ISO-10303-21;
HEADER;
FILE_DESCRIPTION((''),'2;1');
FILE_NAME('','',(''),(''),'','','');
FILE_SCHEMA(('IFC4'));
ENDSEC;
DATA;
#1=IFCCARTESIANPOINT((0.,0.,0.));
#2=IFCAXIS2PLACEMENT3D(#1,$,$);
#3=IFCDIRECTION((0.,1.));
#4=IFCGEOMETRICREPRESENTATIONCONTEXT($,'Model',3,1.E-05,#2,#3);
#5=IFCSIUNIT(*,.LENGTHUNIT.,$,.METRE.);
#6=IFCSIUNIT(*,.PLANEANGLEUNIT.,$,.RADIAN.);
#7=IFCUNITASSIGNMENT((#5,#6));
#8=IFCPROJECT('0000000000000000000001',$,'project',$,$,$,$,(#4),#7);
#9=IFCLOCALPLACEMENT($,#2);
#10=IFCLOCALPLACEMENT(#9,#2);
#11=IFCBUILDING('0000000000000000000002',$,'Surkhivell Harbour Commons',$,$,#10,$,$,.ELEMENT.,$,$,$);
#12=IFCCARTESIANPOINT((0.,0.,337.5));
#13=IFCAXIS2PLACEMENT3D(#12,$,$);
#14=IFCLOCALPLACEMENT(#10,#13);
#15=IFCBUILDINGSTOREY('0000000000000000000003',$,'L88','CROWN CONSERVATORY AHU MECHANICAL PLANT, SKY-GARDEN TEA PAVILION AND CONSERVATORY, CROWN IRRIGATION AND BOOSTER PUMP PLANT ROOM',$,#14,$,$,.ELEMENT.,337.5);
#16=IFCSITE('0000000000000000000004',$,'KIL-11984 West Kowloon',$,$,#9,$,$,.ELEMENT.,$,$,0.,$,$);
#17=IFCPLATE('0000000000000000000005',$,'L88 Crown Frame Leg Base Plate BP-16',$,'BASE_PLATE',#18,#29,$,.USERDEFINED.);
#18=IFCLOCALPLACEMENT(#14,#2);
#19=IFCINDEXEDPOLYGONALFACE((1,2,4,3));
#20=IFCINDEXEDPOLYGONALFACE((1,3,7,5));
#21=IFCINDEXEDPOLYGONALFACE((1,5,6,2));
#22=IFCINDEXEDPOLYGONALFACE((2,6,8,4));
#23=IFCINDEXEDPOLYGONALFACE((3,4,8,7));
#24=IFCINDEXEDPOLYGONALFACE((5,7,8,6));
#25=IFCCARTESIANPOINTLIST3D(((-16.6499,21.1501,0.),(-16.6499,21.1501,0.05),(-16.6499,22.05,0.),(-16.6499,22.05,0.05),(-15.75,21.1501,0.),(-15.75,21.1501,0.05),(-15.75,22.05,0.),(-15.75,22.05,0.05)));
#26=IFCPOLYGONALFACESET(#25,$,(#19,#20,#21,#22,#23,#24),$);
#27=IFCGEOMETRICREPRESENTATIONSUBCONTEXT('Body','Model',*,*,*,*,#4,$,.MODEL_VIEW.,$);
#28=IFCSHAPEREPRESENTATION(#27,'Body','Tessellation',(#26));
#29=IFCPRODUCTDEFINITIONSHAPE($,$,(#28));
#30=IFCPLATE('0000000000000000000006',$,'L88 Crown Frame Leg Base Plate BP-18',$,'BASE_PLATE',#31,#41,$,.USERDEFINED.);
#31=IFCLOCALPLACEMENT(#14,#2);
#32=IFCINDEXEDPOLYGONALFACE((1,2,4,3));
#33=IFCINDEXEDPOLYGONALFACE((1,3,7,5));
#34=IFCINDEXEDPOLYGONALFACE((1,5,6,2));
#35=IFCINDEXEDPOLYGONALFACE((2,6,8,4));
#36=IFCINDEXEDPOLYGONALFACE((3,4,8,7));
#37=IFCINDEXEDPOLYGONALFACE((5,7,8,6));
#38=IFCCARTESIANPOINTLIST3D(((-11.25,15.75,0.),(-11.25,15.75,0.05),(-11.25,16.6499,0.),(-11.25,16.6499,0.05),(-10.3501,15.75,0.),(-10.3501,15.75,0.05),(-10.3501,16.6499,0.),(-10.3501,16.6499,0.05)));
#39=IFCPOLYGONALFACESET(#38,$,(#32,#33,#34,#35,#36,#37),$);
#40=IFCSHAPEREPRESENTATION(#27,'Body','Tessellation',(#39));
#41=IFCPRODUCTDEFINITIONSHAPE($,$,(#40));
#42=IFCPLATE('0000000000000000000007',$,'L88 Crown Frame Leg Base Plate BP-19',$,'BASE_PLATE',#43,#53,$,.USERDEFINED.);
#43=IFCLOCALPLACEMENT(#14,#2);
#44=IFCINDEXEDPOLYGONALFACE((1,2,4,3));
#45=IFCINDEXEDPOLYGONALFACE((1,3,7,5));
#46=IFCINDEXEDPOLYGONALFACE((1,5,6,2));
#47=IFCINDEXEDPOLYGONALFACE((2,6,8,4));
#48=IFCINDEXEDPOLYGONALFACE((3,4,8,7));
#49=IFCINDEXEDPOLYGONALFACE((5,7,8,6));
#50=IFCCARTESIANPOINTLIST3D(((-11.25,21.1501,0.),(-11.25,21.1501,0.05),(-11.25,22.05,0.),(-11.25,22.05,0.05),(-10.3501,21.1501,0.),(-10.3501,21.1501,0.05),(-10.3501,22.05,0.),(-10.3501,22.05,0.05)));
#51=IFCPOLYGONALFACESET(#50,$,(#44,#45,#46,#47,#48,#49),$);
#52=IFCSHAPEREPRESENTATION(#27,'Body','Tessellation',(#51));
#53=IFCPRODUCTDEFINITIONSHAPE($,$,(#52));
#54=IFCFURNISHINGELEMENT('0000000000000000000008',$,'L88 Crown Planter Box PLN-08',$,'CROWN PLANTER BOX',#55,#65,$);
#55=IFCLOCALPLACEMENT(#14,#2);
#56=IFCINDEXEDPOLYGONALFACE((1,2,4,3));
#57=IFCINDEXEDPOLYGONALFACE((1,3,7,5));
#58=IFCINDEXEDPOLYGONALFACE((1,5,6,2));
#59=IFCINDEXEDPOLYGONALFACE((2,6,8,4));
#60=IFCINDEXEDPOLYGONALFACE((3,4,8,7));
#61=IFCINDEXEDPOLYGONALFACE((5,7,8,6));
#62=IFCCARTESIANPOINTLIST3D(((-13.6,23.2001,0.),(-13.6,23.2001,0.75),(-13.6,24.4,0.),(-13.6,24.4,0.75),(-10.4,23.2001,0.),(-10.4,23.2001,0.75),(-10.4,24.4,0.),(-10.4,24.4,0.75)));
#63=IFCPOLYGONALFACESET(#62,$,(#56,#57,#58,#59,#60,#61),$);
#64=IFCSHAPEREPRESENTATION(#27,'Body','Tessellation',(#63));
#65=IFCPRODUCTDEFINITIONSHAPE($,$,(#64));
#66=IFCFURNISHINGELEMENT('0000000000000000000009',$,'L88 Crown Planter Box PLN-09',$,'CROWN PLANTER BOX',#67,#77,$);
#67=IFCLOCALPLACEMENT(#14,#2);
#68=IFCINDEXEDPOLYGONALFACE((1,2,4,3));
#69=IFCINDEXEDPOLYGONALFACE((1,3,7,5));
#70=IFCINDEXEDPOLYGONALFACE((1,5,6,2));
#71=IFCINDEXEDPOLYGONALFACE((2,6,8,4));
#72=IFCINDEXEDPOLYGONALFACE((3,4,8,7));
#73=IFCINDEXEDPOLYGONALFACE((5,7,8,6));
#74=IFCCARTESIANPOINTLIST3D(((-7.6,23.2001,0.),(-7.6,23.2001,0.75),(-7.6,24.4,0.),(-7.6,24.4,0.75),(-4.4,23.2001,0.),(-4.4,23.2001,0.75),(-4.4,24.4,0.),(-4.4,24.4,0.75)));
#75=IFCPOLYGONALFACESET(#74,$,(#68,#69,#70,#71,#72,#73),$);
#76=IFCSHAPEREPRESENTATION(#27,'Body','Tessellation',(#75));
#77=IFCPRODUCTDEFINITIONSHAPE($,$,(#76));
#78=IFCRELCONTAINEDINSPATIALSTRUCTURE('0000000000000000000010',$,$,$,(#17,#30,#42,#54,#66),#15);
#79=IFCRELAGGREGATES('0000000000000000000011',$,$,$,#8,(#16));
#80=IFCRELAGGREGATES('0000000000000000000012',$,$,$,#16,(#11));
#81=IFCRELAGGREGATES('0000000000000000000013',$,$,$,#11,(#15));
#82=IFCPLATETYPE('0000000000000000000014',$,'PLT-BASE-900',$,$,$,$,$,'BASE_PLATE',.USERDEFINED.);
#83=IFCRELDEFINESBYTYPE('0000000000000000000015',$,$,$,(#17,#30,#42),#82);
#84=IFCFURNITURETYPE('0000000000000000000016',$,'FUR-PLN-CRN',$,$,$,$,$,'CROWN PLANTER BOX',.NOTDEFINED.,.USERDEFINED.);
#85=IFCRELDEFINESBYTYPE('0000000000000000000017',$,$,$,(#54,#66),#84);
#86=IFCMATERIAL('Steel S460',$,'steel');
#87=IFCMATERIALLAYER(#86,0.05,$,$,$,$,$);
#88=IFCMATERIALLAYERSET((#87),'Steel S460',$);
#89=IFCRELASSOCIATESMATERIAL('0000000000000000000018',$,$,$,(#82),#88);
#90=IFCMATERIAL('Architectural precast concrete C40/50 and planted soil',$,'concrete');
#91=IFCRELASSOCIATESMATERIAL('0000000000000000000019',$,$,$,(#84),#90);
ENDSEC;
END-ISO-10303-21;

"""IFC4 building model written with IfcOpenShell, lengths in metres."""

from ifc_helpers import new_model, si_unit, direction, frame, origin, origin_2d, place, context, subcontext, project, spatial, rectangle, extrude, material, layer, layer_set, type_object, element, save


model = new_model("IFC4")

# Units and contexts
model_context = context("Model", 3, precision=1e-05, world=origin(), true_north=direction((0.0, 1.0)))
body_context = subcontext(model_context, "Body", "Model", "MODEL_VIEW")
ifc_project = project(units=[si_unit("LENGTHUNIT", "METRE"), si_unit("PLANEANGLEUNIT", "RADIAN")], contexts=[model_context])

# Site, building, storey
site_placement = place(None, origin())
site = spatial("IfcSite", under=ifc_project, at=site_placement, Name="KIL-11984 West Kowloon", CompositionType="ELEMENT", RefElevation=0.0)
building_placement = place(site_placement, origin())
building = spatial("IfcBuilding", under=site, at=building_placement, Name="Surkhivell Harbour Commons", CompositionType="ELEMENT")
storey_placement = place(building_placement, frame((0.0, 0.0, 337.5)))
storey = spatial("IfcBuildingStorey", under=building, at=storey_placement, Name="L88", Description="CROWN CONSERVATORY AHU MECHANICAL PLANT, SKY-GARDEN TEA PAVILION AND CONSERVATORY, CROWN IRRIGATION AND BOOSTER PUMP PLANT ROOM", CompositionType="ELEMENT", Elevation=337.5)

# Shared definitions
ifc_material_1 = material(Name="Steel S460", Category="steel")

# Plates
ifc_layer_1 = layer(ifc_material_1, 0.05)
ifc_layer_set_1 = layer_set([ifc_layer_1], Name="Steel S460")
plate_type_1 = type_object("IfcPlateType", Name="PLT-BASE-900", ElementType="BASE_PLATE", PredefinedType="USERDEFINED", material=ifc_layer_set_1)
for number, where, z_axis, x_axis, name in (
    (1, (-16.2, 21.6001, 0.0), (0.0, 0.0, 1.0), (1.0, 0.0, 0.0), "L88 Crown Frame Leg Base Plate BP-16"),
    (2, (-10.8, 16.2, 0.0), (0.0, 0.0, 1.0), (1.0, 0.0, 0.0), "L88 Crown Frame Leg Base Plate BP-18"),
    (3, (-10.8, 21.6001, 0.0), (0.0, 0.0, 1.0), (1.0, 0.0, 0.0), "L88 Crown Frame Leg Base Plate BP-19"),
):
    element("IfcPlate", number, at=place(storey_placement, frame(where, z_axis=z_axis, x_axis=x_axis)), inside=storey, type_object=plate_type_1, Name=name, ObjectType="BASE_PLATE", PredefinedType="USERDEFINED", context=body_context, shape_type="SweptSolid", body=[
        extrude(rectangle(XDim=0.8999, YDim=0.8999, at=origin_2d()), origin(), (0.0, 0.0, 1.0), 0.05),
    ])

# Furnishing elements
ifc_material_2 = material(Name="Architectural precast concrete C40/50 and planted soil", Category="concrete")
furniture_type = type_object("IfcFurnitureType", Name="FUR-PLN-CRN", ElementType="CROWN PLANTER BOX", AssemblyPlace="NOTDEFINED", PredefinedType="USERDEFINED", material=ifc_material_2)
for number, where, z_axis, x_axis, name in (
    (4, (-12.0, 23.8, 0.0), (0.0, 0.0, 1.0), (1.0, 0.0, 0.0), "L88 Crown Planter Box PLN-08"),
    (5, (-6.0, 23.8, 0.0), (0.0, 0.0, 1.0), (1.0, 0.0, 0.0), "L88 Crown Planter Box PLN-09"),
):
    element("IfcFurnishingElement", number, at=place(storey_placement, frame(where, z_axis=z_axis, x_axis=x_axis)), inside=storey, type_object=furniture_type, Name=name, ObjectType="CROWN PLANTER BOX", context=body_context, shape_type="SweptSolid", body=[
        extrude(rectangle(XDim=3.2, YDim=1.2, at=origin_2d()), origin(), (0.0, 0.0, 1.0), 0.75),
    ])

save(model, "model.ifc")
